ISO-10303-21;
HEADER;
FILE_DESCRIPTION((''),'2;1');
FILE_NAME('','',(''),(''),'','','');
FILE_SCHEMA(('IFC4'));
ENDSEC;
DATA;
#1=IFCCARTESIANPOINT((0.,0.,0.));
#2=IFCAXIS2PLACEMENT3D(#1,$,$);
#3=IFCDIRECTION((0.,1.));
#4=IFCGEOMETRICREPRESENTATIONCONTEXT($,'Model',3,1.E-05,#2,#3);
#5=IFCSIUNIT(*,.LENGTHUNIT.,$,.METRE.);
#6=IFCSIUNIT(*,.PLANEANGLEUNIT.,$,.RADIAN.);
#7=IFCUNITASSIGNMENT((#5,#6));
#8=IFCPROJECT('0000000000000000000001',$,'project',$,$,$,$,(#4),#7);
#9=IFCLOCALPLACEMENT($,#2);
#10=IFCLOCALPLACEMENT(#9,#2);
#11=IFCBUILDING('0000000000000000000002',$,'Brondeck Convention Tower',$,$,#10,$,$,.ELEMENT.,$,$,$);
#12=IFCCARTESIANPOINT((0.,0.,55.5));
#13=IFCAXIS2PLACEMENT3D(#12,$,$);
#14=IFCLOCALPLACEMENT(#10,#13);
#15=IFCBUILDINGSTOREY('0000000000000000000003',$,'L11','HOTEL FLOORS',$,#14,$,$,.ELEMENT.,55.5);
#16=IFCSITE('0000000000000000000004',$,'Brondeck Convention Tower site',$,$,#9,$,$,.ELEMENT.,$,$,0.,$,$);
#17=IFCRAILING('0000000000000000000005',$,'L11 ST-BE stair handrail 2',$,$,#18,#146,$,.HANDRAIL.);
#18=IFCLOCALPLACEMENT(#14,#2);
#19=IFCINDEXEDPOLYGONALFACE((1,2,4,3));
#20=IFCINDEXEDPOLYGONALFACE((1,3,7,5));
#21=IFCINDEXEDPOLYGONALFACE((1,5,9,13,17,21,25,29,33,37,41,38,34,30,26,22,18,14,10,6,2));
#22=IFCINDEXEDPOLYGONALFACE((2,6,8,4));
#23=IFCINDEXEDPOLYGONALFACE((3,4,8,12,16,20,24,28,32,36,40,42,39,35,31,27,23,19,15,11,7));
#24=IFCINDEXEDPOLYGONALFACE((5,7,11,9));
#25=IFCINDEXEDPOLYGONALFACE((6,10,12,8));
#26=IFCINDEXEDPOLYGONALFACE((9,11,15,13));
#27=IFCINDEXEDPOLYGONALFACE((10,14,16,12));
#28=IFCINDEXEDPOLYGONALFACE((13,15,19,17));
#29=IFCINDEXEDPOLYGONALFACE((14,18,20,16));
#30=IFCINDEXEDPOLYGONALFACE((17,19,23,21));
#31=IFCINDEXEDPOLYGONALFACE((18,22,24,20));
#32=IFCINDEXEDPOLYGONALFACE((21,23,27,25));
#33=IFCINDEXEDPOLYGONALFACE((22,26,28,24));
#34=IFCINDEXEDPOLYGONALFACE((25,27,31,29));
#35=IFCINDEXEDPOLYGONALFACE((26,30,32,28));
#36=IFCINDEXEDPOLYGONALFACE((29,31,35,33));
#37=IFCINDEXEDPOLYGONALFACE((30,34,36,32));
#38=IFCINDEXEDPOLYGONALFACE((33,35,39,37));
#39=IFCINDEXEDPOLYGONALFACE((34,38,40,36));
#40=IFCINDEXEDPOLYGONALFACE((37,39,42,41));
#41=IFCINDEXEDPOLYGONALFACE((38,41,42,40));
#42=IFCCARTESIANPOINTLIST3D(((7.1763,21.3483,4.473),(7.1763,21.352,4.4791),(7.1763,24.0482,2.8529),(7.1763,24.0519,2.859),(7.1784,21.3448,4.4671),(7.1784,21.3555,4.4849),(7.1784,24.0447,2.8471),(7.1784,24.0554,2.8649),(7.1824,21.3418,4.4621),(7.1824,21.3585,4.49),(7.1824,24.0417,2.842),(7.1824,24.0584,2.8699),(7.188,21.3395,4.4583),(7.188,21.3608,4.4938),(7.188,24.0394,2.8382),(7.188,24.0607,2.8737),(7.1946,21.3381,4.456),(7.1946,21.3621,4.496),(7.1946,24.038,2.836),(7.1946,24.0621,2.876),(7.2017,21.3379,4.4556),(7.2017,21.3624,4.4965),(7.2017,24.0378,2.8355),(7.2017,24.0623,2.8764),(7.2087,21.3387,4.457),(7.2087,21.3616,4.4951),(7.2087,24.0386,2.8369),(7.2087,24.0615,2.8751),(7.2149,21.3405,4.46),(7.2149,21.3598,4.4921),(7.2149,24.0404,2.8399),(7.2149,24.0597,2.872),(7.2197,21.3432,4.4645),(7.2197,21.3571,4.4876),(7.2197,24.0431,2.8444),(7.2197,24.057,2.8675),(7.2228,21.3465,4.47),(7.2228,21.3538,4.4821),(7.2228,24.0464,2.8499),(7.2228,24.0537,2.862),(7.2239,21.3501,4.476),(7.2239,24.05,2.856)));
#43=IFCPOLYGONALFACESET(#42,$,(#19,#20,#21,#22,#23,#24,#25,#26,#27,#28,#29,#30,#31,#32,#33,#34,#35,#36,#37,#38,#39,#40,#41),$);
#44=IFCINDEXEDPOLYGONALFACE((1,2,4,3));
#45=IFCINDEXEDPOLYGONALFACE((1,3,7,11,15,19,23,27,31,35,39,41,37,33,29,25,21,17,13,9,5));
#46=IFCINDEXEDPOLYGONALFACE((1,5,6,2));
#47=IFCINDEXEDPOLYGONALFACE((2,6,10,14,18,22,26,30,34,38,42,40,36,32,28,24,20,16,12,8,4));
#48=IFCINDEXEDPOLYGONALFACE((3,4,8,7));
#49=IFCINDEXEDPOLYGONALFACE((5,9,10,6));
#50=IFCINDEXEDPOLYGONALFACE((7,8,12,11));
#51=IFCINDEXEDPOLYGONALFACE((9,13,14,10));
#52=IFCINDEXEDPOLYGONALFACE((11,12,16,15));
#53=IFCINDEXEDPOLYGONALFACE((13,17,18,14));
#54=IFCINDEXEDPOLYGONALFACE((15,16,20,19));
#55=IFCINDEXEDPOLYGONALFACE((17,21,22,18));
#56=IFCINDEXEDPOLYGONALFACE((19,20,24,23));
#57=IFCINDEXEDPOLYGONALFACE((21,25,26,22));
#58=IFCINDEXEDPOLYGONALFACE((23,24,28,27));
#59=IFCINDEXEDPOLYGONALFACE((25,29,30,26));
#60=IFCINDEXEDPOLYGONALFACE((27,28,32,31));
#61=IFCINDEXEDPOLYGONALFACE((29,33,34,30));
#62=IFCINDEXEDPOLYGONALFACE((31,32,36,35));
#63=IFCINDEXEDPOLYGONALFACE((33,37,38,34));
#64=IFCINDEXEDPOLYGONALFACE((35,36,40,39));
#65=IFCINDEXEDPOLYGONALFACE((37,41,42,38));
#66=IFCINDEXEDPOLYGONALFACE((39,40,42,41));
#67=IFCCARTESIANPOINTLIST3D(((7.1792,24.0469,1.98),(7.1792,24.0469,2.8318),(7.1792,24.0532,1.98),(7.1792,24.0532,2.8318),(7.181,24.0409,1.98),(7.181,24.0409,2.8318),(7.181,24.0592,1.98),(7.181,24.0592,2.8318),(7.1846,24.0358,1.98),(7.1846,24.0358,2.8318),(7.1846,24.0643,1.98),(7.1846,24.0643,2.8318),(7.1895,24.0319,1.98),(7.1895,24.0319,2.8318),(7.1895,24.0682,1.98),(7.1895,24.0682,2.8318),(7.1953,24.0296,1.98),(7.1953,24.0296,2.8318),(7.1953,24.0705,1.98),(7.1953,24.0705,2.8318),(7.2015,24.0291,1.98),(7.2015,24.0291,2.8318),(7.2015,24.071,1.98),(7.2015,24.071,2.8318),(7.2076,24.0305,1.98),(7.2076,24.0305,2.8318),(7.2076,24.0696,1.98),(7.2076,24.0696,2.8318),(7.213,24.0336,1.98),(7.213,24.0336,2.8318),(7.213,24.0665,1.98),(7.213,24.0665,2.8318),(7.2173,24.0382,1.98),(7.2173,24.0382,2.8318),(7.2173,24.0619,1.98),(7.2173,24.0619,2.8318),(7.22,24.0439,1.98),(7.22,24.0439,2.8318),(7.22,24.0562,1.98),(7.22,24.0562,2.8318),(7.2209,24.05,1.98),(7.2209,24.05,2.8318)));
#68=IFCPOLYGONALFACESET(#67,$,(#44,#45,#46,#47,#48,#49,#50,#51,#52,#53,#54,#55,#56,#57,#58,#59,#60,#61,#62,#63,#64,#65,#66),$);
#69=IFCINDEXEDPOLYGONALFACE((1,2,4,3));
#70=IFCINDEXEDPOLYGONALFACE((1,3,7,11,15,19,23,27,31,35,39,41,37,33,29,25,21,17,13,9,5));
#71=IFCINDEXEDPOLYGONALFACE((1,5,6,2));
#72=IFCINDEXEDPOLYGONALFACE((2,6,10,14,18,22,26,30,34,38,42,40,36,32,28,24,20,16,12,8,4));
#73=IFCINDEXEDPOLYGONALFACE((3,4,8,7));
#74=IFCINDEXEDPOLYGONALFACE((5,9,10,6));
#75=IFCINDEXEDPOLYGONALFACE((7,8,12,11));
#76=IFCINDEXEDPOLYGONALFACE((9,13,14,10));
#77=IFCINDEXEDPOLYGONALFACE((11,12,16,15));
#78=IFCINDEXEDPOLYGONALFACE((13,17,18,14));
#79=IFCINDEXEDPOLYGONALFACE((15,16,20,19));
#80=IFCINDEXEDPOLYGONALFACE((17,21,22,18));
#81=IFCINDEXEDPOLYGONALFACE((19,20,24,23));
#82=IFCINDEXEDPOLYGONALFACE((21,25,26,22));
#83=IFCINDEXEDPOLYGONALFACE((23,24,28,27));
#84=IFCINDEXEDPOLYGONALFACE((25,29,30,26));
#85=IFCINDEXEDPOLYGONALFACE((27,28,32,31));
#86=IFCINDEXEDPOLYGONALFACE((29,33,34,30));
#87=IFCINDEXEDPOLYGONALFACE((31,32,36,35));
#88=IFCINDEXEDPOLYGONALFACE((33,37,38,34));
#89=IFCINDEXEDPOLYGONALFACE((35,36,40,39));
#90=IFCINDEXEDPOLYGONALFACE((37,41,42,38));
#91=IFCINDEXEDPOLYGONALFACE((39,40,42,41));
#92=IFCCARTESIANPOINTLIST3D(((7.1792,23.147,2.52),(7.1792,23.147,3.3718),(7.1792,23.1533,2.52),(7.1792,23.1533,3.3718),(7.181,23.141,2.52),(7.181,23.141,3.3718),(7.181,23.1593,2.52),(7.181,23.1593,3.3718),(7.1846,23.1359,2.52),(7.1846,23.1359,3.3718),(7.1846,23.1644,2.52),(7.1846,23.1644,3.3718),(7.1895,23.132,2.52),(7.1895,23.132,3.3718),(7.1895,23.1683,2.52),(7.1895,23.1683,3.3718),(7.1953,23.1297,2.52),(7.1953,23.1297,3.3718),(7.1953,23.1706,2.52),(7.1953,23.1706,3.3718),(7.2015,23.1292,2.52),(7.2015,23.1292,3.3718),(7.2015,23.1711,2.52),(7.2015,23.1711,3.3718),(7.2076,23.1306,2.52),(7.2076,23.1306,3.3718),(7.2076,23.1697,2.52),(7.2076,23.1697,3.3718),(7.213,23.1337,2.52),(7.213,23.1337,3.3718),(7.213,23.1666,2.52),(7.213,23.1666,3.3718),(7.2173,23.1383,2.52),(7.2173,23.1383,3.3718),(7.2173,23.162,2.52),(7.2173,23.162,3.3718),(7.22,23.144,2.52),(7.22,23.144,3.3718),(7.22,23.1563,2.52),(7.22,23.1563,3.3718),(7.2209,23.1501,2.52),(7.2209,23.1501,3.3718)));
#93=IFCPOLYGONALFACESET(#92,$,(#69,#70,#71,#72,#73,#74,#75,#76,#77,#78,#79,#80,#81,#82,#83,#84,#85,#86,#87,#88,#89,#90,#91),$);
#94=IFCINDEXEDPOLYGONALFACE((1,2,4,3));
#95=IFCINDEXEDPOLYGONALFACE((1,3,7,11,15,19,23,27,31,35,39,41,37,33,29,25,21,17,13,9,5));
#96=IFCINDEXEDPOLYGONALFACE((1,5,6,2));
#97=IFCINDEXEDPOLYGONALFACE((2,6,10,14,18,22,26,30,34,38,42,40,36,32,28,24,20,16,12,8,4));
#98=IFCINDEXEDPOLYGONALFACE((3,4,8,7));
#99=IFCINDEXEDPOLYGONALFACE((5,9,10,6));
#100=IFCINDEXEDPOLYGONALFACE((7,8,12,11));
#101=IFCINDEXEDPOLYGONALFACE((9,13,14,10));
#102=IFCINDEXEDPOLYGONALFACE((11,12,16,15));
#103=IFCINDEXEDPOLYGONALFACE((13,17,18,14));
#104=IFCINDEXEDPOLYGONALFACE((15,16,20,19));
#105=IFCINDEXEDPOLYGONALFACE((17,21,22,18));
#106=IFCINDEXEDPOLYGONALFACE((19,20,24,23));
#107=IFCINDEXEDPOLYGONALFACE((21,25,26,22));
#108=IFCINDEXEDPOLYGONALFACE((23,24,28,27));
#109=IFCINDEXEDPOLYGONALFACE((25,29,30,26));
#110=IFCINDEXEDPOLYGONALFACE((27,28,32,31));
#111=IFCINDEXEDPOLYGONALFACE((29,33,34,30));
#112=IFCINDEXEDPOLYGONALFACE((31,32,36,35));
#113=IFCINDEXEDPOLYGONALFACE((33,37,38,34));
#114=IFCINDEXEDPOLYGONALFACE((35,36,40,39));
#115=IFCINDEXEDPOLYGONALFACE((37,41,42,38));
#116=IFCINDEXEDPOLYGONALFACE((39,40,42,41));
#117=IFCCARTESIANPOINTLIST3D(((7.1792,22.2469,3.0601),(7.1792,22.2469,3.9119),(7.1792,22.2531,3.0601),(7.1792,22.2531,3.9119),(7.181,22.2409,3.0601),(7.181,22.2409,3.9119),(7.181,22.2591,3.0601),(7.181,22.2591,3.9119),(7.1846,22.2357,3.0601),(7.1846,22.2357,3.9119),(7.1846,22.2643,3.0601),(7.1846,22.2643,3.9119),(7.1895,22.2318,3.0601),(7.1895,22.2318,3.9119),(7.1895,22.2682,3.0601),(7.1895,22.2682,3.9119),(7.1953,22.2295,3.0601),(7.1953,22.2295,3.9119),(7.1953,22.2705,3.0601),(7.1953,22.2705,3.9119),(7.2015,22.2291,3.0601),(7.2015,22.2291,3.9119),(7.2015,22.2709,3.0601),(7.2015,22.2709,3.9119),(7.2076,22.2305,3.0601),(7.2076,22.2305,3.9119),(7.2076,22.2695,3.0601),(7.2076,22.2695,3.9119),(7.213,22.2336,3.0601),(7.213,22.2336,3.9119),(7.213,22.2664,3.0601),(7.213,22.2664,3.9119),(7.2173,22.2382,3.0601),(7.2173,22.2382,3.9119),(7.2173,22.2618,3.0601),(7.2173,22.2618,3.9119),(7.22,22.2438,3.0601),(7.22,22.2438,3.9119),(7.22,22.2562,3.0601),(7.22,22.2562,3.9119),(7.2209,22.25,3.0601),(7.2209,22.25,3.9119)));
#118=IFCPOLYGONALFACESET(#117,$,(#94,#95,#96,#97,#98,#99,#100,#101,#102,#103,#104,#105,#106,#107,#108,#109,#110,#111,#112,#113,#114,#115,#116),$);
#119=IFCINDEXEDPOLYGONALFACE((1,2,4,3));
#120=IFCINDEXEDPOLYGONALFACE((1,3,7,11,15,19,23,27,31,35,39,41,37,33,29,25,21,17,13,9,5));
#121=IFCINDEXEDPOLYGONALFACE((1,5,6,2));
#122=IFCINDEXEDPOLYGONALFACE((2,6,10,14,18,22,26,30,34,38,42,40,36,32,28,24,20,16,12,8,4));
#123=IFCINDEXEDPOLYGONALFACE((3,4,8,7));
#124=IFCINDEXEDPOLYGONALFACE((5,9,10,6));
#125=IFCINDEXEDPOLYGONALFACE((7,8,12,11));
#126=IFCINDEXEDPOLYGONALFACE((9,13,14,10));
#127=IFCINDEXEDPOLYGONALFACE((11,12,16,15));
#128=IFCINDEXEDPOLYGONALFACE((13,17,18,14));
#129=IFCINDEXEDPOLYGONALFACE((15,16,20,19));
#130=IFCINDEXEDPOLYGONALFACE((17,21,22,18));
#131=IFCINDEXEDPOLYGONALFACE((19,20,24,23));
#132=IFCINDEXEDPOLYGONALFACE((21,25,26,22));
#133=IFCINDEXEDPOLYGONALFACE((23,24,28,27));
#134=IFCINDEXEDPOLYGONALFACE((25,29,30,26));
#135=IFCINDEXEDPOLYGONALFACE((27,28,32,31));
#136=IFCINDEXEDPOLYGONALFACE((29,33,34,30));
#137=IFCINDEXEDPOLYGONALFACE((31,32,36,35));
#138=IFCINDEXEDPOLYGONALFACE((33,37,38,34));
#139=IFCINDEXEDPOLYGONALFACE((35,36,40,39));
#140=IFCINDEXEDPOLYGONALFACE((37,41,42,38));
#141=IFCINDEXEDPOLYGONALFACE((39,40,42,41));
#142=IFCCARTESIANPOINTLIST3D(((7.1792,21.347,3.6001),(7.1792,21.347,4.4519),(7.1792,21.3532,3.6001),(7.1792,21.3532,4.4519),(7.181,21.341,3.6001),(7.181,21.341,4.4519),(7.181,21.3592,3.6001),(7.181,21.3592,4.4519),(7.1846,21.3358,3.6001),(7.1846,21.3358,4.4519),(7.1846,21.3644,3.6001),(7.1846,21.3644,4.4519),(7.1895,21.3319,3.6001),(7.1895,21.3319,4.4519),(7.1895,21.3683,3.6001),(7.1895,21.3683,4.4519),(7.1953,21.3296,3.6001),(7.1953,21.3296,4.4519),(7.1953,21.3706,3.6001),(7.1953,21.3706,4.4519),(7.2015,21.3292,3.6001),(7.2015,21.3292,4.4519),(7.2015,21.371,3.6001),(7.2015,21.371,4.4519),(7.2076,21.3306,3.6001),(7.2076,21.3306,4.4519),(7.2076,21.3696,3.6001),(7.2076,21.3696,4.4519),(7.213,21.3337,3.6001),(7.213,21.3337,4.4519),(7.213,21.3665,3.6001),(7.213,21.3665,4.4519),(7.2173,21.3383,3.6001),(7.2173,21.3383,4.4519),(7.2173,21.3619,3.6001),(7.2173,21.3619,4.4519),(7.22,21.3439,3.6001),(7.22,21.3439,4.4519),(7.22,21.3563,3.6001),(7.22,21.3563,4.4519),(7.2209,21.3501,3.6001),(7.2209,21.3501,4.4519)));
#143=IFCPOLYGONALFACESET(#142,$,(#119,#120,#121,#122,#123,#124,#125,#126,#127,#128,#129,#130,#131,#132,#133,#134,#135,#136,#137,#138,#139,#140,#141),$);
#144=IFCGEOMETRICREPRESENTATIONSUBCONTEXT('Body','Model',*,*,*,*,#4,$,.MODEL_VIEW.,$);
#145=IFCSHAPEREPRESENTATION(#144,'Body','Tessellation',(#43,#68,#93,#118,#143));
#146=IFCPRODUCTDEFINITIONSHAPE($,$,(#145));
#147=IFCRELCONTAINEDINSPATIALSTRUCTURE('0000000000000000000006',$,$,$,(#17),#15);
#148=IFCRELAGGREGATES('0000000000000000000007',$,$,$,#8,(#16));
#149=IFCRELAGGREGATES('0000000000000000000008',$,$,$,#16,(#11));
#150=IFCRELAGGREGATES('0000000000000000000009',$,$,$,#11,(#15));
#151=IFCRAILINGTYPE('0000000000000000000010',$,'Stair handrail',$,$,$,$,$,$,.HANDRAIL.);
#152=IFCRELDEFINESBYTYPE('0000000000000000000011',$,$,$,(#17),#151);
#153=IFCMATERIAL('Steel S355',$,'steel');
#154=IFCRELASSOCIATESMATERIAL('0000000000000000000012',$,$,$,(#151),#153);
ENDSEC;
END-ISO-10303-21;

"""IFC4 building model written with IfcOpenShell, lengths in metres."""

from ifc_helpers import new_model, si_unit, direction, frame, origin, origin_2d, place, context, subcontext, project, spatial, circle, extrude, material, type_object, element, save


model = new_model("IFC4")

# Units and contexts
model_context = context("Model", 3, precision=1e-05, world=origin(), true_north=direction((0.0, 1.0)))
body_context = subcontext(model_context, "Body", "Model", "MODEL_VIEW")
ifc_project = project(units=[si_unit("LENGTHUNIT", "METRE"), si_unit("PLANEANGLEUNIT", "RADIAN")], contexts=[model_context])

# Site, building, storey
site_placement = place(None, origin())
site = spatial("IfcSite", under=ifc_project, at=site_placement, Name="Brondeck Convention Tower site", CompositionType="ELEMENT", RefElevation=0.0)
building_placement = place(site_placement, origin())
building = spatial("IfcBuilding", under=site, at=building_placement, Name="Brondeck Convention Tower", CompositionType="ELEMENT")
storey_placement = place(building_placement, frame((0.0, 0.0, 55.5)))
storey = spatial("IfcBuildingStorey", under=building, at=storey_placement, Name="L11", Description="HOTEL FLOORS", CompositionType="ELEMENT", Elevation=55.5)

# Shared definitions
ifc_material_1 = material(Name="Steel S355", Category="steel")

# Railing
railing_type_1 = type_object("IfcRailingType", Name="Stair handrail", PredefinedType="HANDRAIL", material=ifc_material_1)
railing_1_placement = place(storey_placement, frame((7.2, 24.05, 1.98)))
element("IfcRailing", 1, at=railing_1_placement, inside=storey, type_object=railing_type_1, Name="L11 ST-BE stair handrail 2", PredefinedType="HANDRAIL", context=body_context, shape_type="SweptSolid", body=[
    extrude(circle(Radius=0.0239, at=origin_2d()), frame((0.0, 0.0, 0.876), z_axis=(0.0, -0.857472, 0.51453), x_axis=(1.0, 0.0, 0.0)), (0.0, 0.0, 1.0), 3.1487),
    extrude(circle(Radius=0.021, at=origin_2d()), origin(), (0.0, 0.0, 1.0), 0.8518),
    extrude(circle(Radius=0.021, at=origin_2d()), frame((0.0, -0.8999, 0.54)), (0.0, 0.0, 1.0), 0.8518),
    extrude(circle(Radius=0.021, at=origin_2d()), frame((0.0, -1.8, 1.0801)), (0.0, 0.0, 1.0), 0.8518),
    extrude(circle(Radius=0.021, at=origin_2d()), frame((0.0, -2.7, 1.6201)), (0.0, 0.0, 1.0), 0.8518),
])

save(model, "model.ifc")
